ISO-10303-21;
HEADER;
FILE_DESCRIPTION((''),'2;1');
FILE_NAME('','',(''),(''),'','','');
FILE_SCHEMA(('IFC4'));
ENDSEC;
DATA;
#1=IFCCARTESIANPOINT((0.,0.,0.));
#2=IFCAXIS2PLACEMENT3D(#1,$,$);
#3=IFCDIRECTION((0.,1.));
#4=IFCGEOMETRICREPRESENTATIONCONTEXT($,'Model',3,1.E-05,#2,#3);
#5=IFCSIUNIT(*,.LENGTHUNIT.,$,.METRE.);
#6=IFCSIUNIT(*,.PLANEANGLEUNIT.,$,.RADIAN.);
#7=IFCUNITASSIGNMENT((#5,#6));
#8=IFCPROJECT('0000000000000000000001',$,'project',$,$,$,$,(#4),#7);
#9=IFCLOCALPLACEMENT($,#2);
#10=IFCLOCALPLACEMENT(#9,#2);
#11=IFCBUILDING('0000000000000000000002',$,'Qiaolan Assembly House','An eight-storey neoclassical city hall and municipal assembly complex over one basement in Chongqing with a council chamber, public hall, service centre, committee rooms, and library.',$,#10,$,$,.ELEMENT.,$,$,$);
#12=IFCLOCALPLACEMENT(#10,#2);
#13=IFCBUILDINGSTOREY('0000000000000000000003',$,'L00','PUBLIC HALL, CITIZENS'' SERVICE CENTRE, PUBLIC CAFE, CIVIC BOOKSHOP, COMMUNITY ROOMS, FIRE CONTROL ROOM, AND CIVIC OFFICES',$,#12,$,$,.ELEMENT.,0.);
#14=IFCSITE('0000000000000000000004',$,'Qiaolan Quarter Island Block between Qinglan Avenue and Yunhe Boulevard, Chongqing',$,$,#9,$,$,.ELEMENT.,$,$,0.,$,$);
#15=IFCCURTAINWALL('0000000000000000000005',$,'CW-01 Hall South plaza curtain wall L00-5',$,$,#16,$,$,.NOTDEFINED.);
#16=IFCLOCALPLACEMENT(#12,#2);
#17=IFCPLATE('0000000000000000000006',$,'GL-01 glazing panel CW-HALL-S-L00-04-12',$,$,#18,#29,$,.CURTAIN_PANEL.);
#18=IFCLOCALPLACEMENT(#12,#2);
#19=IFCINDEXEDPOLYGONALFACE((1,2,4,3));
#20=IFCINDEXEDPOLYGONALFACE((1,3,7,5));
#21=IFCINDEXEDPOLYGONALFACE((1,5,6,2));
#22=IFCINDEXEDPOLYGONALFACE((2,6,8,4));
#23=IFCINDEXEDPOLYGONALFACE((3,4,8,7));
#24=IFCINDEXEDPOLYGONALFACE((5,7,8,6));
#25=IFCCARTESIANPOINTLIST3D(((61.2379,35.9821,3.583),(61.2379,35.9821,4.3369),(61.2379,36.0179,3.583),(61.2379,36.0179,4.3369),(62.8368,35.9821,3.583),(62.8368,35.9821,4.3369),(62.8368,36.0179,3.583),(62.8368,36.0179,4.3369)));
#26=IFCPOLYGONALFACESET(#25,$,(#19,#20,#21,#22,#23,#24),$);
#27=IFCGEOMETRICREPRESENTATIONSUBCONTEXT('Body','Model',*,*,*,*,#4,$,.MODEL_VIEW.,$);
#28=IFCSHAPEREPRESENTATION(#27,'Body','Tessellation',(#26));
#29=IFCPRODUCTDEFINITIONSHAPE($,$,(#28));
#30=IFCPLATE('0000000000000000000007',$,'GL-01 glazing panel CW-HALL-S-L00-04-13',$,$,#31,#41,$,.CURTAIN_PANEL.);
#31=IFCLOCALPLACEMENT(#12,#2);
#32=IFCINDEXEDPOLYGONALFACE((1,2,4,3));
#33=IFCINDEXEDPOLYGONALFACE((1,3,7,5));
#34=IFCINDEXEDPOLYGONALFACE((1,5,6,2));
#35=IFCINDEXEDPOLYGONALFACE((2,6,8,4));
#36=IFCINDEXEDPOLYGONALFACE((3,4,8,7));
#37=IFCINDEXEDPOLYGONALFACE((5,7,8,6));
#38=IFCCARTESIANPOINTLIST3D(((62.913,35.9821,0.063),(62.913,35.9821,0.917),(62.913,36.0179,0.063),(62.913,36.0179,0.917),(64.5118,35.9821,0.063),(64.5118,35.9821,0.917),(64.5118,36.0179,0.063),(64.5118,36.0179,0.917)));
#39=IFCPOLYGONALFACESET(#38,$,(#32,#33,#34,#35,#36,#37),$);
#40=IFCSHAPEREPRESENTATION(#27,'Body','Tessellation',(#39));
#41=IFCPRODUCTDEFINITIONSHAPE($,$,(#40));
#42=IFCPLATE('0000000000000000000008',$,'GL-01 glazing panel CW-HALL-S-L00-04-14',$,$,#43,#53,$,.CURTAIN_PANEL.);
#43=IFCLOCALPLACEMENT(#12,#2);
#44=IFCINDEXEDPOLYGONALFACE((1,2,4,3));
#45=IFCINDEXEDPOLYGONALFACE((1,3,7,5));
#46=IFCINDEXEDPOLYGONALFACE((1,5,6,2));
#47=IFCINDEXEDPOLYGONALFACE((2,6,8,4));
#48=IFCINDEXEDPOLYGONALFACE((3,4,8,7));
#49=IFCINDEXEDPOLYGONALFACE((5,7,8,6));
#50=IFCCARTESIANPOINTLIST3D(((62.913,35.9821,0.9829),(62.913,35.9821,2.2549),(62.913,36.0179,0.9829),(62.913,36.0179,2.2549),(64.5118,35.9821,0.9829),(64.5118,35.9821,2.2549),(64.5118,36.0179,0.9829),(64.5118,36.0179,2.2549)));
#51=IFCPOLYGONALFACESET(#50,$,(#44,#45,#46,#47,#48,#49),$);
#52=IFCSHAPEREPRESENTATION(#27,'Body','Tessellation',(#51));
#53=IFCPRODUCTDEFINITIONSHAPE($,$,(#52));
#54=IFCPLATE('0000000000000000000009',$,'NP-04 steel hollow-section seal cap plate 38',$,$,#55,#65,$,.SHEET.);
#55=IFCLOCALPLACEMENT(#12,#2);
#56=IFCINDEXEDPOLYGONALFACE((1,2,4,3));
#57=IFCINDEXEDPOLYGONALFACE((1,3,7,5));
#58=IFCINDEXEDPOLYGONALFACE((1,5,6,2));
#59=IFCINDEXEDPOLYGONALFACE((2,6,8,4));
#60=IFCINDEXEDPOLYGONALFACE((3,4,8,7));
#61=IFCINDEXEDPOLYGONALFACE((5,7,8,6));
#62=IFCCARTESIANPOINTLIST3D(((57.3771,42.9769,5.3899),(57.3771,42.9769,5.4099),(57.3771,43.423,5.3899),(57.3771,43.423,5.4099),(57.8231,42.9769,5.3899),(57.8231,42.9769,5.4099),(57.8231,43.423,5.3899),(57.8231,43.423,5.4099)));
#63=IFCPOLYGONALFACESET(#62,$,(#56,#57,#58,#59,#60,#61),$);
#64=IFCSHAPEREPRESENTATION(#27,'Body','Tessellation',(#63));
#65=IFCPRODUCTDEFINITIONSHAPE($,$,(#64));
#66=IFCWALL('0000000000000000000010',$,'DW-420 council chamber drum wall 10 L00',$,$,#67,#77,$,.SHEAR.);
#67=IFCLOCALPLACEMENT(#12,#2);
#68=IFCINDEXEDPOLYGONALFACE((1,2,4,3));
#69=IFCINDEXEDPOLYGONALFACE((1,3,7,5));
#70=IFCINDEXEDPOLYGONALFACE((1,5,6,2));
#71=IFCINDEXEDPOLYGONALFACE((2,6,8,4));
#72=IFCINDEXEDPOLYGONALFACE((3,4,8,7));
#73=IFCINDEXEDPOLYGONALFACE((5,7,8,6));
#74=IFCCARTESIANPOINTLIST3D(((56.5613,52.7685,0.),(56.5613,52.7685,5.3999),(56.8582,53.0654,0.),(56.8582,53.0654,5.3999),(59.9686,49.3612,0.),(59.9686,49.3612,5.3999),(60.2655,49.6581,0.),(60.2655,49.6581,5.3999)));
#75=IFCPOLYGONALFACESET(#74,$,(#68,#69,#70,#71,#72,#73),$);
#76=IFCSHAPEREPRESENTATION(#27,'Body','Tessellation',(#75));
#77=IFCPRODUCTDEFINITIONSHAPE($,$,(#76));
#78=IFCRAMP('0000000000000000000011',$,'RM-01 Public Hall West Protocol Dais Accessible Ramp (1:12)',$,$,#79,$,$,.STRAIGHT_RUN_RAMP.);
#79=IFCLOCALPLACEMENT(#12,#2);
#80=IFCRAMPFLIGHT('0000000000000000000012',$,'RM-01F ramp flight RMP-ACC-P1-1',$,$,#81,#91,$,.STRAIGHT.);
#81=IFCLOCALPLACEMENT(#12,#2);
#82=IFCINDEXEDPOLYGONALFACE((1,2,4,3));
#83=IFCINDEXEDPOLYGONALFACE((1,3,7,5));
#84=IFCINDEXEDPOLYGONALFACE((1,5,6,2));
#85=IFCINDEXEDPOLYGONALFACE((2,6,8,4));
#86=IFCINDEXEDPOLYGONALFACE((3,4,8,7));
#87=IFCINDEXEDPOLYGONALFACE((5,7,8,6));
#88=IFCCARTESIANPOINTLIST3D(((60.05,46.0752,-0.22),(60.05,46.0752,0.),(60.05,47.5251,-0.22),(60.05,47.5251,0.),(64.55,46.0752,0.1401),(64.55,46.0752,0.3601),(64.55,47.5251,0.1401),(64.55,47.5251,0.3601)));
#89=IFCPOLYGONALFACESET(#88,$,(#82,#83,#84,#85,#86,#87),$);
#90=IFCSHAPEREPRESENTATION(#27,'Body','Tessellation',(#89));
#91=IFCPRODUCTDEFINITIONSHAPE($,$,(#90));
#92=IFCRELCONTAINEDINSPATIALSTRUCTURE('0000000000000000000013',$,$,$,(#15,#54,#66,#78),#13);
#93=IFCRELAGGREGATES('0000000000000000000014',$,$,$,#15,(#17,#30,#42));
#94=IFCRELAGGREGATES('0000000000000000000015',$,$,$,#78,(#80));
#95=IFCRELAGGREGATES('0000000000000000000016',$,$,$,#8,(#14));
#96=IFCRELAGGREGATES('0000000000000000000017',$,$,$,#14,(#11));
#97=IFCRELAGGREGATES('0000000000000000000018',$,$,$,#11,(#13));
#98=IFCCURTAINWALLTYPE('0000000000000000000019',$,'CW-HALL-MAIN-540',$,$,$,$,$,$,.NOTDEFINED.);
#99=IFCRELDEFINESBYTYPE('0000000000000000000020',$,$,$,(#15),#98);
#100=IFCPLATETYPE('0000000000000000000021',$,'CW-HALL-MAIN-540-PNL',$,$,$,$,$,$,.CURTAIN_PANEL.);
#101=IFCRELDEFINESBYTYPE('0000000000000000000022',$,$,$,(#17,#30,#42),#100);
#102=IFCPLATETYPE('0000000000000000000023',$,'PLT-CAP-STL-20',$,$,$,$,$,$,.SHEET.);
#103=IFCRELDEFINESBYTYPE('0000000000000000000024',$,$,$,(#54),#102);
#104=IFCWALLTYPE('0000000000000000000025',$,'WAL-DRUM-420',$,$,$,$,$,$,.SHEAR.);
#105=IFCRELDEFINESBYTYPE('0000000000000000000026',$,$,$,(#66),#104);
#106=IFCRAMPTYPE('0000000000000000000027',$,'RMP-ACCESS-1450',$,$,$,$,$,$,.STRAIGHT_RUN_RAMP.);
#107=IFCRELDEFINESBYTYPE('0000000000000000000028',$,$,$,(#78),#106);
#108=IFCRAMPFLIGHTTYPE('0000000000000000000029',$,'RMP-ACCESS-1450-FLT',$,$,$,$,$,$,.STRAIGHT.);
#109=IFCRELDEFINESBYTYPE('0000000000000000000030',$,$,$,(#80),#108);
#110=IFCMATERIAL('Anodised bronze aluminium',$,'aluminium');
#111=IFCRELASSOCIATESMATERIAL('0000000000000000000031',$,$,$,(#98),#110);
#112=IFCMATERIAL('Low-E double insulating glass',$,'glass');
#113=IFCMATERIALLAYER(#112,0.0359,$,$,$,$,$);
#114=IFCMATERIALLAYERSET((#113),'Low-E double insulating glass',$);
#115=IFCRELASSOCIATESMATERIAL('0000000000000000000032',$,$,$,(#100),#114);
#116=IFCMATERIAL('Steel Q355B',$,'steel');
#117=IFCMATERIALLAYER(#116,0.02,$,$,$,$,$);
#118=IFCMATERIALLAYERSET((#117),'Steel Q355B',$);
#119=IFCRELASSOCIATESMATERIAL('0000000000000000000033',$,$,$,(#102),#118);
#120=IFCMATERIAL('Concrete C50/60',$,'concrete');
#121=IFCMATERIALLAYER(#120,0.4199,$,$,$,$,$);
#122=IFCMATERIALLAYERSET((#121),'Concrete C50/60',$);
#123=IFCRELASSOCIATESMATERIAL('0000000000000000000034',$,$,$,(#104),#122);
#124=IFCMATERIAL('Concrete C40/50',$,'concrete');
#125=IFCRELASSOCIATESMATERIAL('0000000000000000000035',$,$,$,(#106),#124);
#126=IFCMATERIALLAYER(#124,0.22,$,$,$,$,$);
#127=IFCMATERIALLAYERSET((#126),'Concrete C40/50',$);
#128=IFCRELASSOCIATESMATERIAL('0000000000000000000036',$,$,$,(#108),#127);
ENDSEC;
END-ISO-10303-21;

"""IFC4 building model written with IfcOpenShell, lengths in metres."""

from ifc_helpers import new_model, si_unit, direction, frame, frame_2d, origin, origin_2d, place, context, subcontext, project, spatial, polyline, rectangle, outline, extrude, material, layer, layer_set, type_object, element, aggregate, save


model = new_model("IFC4")

# Units and contexts
model_context = context("Model", 3, precision=1e-05, world=origin(), true_north=direction((0.0, 1.0)))
body_context = subcontext(model_context, "Body", "Model", "MODEL_VIEW")
ifc_project = project(units=[si_unit("LENGTHUNIT", "METRE"), si_unit("PLANEANGLEUNIT", "RADIAN")], contexts=[model_context])

# Site, building, storey
site_placement = place(None, origin())
site = spatial("IfcSite", under=ifc_project, at=site_placement, Name="Qiaolan Quarter Island Block between Qinglan Avenue and Yunhe Boulevard, Chongqing", CompositionType="ELEMENT", RefElevation=0.0)
building_placement = place(site_placement, origin())
building = spatial("IfcBuilding", under=site, at=building_placement, Name="Qiaolan Assembly House", Description="An eight-storey neoclassical city hall and municipal assembly complex over one basement in Chongqing with a council chamber, public hall, service centre, committee rooms, and library.", CompositionType="ELEMENT")
storey_placement = place(building_placement, origin())
storey = spatial("IfcBuildingStorey", under=building, at=storey_placement, Name="L00", Description="PUBLIC HALL, CITIZENS' SERVICE CENTRE, PUBLIC CAFE, CIVIC BOOKSHOP, COMMUNITY ROOMS, FIRE CONTROL ROOM, AND CIVIC OFFICES", CompositionType="ELEMENT", Elevation=0.0)

# Shared definitions
ifc_material_1 = material(Name="Concrete C50/60", Category="concrete")

# Shared definitions
ifc_material_2 = material(Name="Steel Q355B", Category="steel")

# Curtain wall
ifc_material_3 = material(Name="Anodised bronze aluminium", Category="aluminium")
curtain_wall_type = type_object("IfcCurtainWallType", Name="CW-HALL-MAIN-540", PredefinedType="NOTDEFINED", material=ifc_material_3)
curtain_wall_placement = place(storey_placement, origin())
curtain_wall = element("IfcCurtainWall", 1, at=curtain_wall_placement, inside=storey, type_object=curtain_wall_type, Name="CW-01 Hall South plaza curtain wall L00-5", PredefinedType="NOTDEFINED")

# Plates
ifc_material_4 = material(Name="Low-E double insulating glass", Category="glass")
ifc_layer_1 = layer(ifc_material_4, 0.0359)
ifc_layer_set_1 = layer_set([ifc_layer_1], Name="Low-E double insulating glass")
plate_type_1 = type_object("IfcPlateType", Name="CW-HALL-MAIN-540-PNL", PredefinedType="CURTAIN_PANEL", material=ifc_layer_set_1)
plate_1_placement = place(storey_placement, frame((61.238, 36.0, 3.583), z_axis=(0.0, 0.0, 1.0), x_axis=(1.0, 0.0, 0.0)))
plate_1 = element("IfcPlate", 2, at=plate_1_placement, type_object=plate_type_1, Name="GL-01 glazing panel CW-HALL-S-L00-04-12", PredefinedType="CURTAIN_PANEL", context=body_context, shape_type="SweptSolid", body=[
    extrude(rectangle(XDim=1.5989, YDim=0.0359, at=frame_2d((0.7993, 0.0))), origin(), (0.0, 0.0, 1.0), 0.7539),
])
plate_2_placement = place(storey_placement, frame((62.9131, 36.0, 0.063), z_axis=(0.0, 0.0, 1.0), x_axis=(1.0, 0.0, 0.0)))
plate_2 = element("IfcPlate", 3, at=plate_2_placement, type_object=plate_type_1, Name="GL-01 glazing panel CW-HALL-S-L00-04-13", PredefinedType="CURTAIN_PANEL", context=body_context, shape_type="SweptSolid", body=[
    extrude(rectangle(XDim=1.5989, YDim=0.0359, at=frame_2d((0.7993, 0.0))), origin(), (0.0, 0.0, 1.0), 0.854),
])
plate_3_placement = place(storey_placement, frame((62.9131, 36.0, 0.9829), z_axis=(0.0, 0.0, 1.0), x_axis=(1.0, 0.0, 0.0)))
plate_3 = element("IfcPlate", 4, at=plate_3_placement, type_object=plate_type_1, Name="GL-01 glazing panel CW-HALL-S-L00-04-14", PredefinedType="CURTAIN_PANEL", context=body_context, shape_type="SweptSolid", body=[
    extrude(rectangle(XDim=1.5989, YDim=0.0359, at=frame_2d((0.7993, 0.0))), origin(), (0.0, 0.0, 1.0), 1.272),
])
aggregate(curtain_wall, [plate_1, plate_2, plate_3])
ifc_layer_2 = layer(ifc_material_2, 0.02)
ifc_layer_set_2 = layer_set([ifc_layer_2], Name="Steel Q355B")
plate_type_2 = type_object("IfcPlateType", Name="PLT-CAP-STL-20", PredefinedType="SHEET", material=ifc_layer_set_2)
plate_4_placement = place(storey_placement, frame((57.6001, 43.2, 5.3899), z_axis=(0.0, 0.0, 1.0), x_axis=(1.0, 0.0, 0.0)))
element("IfcPlate", 5, at=plate_4_placement, inside=storey, type_object=plate_type_2, Name="NP-04 steel hollow-section seal cap plate 38", PredefinedType="SHEET", context=body_context, shape_type="SweptSolid", body=[
    extrude(rectangle(XDim=0.446, YDim=0.446, at=origin_2d()), origin(), (0.0, 0.0, 1.0), 0.02),
])

# Wall
ifc_layer_3 = layer(ifc_material_1, 0.4199)
ifc_layer_set_3 = layer_set([ifc_layer_3], Name="Concrete C50/60")
wall_type = type_object("IfcWallType", Name="WAL-DRUM-420", PredefinedType="SHEAR", material=ifc_layer_set_3)
wall_placement = place(storey_placement, frame((60.1169, 49.5098, 0.0), z_axis=(0.0, 0.0, 1.0), x_axis=(-0.707107, 0.707107, 0.0)))
element("IfcWall", 6, at=wall_placement, inside=storey, type_object=wall_type, Name="DW-420 council chamber drum wall 10 L00", PredefinedType="SHEAR", context=body_context, shape_type="SweptSolid", body=[
    extrude(rectangle(XDim=4.8186, YDim=0.4199, at=frame_2d((2.4092, 0.0))), origin(), (0.0, 0.0, 1.0), 5.3999),
])

# Ramp, ramp flight
ifc_material_5 = material(Name="Concrete C40/50", Category="concrete")
ramp_type = type_object("IfcRampType", Name="RMP-ACCESS-1450", PredefinedType="STRAIGHT_RUN_RAMP", material=ifc_material_5)
ramp_placement = place(storey_placement, origin())
ramp = element("IfcRamp", 7, at=ramp_placement, inside=storey, type_object=ramp_type, Name="RM-01 Public Hall West Protocol Dais Accessible Ramp (1:12)", PredefinedType="STRAIGHT_RUN_RAMP")
ifc_layer_4 = layer(ifc_material_5, 0.22)
ifc_layer_set_4 = layer_set([ifc_layer_4], Name="Concrete C40/50")
ramp_flight_type = type_object("IfcRampFlightType", Name="RMP-ACCESS-1450-FLT", PredefinedType="STRAIGHT", material=ifc_layer_set_4)
ramp_flight_placement = place(storey_placement, frame((60.05, 46.8, 0.0), z_axis=(0.0, 0.0, 1.0), x_axis=(1.0, 0.0, 0.0)))
ramp_flight = element("IfcRampFlight", 8, at=ramp_flight_placement, type_object=ramp_flight_type, Name="RM-01F ramp flight RMP-ACC-P1-1", PredefinedType="STRAIGHT", context=body_context, shape_type="SweptSolid", body=[
    extrude(outline(polyline([(0.0, -0.22), (0.0, 0.0), (4.5, 0.3601), (4.5, 0.1401), (0.0, -0.22)])), frame((0.0, 0.7251, 0.0), z_axis=(0.0, -1.0, 0.0), x_axis=(1.0, 0.0, 0.0)), (0.0, 0.0, 1.0), 1.45),
])
aggregate(ramp, [ramp_flight])

save(model, "model.ifc")
